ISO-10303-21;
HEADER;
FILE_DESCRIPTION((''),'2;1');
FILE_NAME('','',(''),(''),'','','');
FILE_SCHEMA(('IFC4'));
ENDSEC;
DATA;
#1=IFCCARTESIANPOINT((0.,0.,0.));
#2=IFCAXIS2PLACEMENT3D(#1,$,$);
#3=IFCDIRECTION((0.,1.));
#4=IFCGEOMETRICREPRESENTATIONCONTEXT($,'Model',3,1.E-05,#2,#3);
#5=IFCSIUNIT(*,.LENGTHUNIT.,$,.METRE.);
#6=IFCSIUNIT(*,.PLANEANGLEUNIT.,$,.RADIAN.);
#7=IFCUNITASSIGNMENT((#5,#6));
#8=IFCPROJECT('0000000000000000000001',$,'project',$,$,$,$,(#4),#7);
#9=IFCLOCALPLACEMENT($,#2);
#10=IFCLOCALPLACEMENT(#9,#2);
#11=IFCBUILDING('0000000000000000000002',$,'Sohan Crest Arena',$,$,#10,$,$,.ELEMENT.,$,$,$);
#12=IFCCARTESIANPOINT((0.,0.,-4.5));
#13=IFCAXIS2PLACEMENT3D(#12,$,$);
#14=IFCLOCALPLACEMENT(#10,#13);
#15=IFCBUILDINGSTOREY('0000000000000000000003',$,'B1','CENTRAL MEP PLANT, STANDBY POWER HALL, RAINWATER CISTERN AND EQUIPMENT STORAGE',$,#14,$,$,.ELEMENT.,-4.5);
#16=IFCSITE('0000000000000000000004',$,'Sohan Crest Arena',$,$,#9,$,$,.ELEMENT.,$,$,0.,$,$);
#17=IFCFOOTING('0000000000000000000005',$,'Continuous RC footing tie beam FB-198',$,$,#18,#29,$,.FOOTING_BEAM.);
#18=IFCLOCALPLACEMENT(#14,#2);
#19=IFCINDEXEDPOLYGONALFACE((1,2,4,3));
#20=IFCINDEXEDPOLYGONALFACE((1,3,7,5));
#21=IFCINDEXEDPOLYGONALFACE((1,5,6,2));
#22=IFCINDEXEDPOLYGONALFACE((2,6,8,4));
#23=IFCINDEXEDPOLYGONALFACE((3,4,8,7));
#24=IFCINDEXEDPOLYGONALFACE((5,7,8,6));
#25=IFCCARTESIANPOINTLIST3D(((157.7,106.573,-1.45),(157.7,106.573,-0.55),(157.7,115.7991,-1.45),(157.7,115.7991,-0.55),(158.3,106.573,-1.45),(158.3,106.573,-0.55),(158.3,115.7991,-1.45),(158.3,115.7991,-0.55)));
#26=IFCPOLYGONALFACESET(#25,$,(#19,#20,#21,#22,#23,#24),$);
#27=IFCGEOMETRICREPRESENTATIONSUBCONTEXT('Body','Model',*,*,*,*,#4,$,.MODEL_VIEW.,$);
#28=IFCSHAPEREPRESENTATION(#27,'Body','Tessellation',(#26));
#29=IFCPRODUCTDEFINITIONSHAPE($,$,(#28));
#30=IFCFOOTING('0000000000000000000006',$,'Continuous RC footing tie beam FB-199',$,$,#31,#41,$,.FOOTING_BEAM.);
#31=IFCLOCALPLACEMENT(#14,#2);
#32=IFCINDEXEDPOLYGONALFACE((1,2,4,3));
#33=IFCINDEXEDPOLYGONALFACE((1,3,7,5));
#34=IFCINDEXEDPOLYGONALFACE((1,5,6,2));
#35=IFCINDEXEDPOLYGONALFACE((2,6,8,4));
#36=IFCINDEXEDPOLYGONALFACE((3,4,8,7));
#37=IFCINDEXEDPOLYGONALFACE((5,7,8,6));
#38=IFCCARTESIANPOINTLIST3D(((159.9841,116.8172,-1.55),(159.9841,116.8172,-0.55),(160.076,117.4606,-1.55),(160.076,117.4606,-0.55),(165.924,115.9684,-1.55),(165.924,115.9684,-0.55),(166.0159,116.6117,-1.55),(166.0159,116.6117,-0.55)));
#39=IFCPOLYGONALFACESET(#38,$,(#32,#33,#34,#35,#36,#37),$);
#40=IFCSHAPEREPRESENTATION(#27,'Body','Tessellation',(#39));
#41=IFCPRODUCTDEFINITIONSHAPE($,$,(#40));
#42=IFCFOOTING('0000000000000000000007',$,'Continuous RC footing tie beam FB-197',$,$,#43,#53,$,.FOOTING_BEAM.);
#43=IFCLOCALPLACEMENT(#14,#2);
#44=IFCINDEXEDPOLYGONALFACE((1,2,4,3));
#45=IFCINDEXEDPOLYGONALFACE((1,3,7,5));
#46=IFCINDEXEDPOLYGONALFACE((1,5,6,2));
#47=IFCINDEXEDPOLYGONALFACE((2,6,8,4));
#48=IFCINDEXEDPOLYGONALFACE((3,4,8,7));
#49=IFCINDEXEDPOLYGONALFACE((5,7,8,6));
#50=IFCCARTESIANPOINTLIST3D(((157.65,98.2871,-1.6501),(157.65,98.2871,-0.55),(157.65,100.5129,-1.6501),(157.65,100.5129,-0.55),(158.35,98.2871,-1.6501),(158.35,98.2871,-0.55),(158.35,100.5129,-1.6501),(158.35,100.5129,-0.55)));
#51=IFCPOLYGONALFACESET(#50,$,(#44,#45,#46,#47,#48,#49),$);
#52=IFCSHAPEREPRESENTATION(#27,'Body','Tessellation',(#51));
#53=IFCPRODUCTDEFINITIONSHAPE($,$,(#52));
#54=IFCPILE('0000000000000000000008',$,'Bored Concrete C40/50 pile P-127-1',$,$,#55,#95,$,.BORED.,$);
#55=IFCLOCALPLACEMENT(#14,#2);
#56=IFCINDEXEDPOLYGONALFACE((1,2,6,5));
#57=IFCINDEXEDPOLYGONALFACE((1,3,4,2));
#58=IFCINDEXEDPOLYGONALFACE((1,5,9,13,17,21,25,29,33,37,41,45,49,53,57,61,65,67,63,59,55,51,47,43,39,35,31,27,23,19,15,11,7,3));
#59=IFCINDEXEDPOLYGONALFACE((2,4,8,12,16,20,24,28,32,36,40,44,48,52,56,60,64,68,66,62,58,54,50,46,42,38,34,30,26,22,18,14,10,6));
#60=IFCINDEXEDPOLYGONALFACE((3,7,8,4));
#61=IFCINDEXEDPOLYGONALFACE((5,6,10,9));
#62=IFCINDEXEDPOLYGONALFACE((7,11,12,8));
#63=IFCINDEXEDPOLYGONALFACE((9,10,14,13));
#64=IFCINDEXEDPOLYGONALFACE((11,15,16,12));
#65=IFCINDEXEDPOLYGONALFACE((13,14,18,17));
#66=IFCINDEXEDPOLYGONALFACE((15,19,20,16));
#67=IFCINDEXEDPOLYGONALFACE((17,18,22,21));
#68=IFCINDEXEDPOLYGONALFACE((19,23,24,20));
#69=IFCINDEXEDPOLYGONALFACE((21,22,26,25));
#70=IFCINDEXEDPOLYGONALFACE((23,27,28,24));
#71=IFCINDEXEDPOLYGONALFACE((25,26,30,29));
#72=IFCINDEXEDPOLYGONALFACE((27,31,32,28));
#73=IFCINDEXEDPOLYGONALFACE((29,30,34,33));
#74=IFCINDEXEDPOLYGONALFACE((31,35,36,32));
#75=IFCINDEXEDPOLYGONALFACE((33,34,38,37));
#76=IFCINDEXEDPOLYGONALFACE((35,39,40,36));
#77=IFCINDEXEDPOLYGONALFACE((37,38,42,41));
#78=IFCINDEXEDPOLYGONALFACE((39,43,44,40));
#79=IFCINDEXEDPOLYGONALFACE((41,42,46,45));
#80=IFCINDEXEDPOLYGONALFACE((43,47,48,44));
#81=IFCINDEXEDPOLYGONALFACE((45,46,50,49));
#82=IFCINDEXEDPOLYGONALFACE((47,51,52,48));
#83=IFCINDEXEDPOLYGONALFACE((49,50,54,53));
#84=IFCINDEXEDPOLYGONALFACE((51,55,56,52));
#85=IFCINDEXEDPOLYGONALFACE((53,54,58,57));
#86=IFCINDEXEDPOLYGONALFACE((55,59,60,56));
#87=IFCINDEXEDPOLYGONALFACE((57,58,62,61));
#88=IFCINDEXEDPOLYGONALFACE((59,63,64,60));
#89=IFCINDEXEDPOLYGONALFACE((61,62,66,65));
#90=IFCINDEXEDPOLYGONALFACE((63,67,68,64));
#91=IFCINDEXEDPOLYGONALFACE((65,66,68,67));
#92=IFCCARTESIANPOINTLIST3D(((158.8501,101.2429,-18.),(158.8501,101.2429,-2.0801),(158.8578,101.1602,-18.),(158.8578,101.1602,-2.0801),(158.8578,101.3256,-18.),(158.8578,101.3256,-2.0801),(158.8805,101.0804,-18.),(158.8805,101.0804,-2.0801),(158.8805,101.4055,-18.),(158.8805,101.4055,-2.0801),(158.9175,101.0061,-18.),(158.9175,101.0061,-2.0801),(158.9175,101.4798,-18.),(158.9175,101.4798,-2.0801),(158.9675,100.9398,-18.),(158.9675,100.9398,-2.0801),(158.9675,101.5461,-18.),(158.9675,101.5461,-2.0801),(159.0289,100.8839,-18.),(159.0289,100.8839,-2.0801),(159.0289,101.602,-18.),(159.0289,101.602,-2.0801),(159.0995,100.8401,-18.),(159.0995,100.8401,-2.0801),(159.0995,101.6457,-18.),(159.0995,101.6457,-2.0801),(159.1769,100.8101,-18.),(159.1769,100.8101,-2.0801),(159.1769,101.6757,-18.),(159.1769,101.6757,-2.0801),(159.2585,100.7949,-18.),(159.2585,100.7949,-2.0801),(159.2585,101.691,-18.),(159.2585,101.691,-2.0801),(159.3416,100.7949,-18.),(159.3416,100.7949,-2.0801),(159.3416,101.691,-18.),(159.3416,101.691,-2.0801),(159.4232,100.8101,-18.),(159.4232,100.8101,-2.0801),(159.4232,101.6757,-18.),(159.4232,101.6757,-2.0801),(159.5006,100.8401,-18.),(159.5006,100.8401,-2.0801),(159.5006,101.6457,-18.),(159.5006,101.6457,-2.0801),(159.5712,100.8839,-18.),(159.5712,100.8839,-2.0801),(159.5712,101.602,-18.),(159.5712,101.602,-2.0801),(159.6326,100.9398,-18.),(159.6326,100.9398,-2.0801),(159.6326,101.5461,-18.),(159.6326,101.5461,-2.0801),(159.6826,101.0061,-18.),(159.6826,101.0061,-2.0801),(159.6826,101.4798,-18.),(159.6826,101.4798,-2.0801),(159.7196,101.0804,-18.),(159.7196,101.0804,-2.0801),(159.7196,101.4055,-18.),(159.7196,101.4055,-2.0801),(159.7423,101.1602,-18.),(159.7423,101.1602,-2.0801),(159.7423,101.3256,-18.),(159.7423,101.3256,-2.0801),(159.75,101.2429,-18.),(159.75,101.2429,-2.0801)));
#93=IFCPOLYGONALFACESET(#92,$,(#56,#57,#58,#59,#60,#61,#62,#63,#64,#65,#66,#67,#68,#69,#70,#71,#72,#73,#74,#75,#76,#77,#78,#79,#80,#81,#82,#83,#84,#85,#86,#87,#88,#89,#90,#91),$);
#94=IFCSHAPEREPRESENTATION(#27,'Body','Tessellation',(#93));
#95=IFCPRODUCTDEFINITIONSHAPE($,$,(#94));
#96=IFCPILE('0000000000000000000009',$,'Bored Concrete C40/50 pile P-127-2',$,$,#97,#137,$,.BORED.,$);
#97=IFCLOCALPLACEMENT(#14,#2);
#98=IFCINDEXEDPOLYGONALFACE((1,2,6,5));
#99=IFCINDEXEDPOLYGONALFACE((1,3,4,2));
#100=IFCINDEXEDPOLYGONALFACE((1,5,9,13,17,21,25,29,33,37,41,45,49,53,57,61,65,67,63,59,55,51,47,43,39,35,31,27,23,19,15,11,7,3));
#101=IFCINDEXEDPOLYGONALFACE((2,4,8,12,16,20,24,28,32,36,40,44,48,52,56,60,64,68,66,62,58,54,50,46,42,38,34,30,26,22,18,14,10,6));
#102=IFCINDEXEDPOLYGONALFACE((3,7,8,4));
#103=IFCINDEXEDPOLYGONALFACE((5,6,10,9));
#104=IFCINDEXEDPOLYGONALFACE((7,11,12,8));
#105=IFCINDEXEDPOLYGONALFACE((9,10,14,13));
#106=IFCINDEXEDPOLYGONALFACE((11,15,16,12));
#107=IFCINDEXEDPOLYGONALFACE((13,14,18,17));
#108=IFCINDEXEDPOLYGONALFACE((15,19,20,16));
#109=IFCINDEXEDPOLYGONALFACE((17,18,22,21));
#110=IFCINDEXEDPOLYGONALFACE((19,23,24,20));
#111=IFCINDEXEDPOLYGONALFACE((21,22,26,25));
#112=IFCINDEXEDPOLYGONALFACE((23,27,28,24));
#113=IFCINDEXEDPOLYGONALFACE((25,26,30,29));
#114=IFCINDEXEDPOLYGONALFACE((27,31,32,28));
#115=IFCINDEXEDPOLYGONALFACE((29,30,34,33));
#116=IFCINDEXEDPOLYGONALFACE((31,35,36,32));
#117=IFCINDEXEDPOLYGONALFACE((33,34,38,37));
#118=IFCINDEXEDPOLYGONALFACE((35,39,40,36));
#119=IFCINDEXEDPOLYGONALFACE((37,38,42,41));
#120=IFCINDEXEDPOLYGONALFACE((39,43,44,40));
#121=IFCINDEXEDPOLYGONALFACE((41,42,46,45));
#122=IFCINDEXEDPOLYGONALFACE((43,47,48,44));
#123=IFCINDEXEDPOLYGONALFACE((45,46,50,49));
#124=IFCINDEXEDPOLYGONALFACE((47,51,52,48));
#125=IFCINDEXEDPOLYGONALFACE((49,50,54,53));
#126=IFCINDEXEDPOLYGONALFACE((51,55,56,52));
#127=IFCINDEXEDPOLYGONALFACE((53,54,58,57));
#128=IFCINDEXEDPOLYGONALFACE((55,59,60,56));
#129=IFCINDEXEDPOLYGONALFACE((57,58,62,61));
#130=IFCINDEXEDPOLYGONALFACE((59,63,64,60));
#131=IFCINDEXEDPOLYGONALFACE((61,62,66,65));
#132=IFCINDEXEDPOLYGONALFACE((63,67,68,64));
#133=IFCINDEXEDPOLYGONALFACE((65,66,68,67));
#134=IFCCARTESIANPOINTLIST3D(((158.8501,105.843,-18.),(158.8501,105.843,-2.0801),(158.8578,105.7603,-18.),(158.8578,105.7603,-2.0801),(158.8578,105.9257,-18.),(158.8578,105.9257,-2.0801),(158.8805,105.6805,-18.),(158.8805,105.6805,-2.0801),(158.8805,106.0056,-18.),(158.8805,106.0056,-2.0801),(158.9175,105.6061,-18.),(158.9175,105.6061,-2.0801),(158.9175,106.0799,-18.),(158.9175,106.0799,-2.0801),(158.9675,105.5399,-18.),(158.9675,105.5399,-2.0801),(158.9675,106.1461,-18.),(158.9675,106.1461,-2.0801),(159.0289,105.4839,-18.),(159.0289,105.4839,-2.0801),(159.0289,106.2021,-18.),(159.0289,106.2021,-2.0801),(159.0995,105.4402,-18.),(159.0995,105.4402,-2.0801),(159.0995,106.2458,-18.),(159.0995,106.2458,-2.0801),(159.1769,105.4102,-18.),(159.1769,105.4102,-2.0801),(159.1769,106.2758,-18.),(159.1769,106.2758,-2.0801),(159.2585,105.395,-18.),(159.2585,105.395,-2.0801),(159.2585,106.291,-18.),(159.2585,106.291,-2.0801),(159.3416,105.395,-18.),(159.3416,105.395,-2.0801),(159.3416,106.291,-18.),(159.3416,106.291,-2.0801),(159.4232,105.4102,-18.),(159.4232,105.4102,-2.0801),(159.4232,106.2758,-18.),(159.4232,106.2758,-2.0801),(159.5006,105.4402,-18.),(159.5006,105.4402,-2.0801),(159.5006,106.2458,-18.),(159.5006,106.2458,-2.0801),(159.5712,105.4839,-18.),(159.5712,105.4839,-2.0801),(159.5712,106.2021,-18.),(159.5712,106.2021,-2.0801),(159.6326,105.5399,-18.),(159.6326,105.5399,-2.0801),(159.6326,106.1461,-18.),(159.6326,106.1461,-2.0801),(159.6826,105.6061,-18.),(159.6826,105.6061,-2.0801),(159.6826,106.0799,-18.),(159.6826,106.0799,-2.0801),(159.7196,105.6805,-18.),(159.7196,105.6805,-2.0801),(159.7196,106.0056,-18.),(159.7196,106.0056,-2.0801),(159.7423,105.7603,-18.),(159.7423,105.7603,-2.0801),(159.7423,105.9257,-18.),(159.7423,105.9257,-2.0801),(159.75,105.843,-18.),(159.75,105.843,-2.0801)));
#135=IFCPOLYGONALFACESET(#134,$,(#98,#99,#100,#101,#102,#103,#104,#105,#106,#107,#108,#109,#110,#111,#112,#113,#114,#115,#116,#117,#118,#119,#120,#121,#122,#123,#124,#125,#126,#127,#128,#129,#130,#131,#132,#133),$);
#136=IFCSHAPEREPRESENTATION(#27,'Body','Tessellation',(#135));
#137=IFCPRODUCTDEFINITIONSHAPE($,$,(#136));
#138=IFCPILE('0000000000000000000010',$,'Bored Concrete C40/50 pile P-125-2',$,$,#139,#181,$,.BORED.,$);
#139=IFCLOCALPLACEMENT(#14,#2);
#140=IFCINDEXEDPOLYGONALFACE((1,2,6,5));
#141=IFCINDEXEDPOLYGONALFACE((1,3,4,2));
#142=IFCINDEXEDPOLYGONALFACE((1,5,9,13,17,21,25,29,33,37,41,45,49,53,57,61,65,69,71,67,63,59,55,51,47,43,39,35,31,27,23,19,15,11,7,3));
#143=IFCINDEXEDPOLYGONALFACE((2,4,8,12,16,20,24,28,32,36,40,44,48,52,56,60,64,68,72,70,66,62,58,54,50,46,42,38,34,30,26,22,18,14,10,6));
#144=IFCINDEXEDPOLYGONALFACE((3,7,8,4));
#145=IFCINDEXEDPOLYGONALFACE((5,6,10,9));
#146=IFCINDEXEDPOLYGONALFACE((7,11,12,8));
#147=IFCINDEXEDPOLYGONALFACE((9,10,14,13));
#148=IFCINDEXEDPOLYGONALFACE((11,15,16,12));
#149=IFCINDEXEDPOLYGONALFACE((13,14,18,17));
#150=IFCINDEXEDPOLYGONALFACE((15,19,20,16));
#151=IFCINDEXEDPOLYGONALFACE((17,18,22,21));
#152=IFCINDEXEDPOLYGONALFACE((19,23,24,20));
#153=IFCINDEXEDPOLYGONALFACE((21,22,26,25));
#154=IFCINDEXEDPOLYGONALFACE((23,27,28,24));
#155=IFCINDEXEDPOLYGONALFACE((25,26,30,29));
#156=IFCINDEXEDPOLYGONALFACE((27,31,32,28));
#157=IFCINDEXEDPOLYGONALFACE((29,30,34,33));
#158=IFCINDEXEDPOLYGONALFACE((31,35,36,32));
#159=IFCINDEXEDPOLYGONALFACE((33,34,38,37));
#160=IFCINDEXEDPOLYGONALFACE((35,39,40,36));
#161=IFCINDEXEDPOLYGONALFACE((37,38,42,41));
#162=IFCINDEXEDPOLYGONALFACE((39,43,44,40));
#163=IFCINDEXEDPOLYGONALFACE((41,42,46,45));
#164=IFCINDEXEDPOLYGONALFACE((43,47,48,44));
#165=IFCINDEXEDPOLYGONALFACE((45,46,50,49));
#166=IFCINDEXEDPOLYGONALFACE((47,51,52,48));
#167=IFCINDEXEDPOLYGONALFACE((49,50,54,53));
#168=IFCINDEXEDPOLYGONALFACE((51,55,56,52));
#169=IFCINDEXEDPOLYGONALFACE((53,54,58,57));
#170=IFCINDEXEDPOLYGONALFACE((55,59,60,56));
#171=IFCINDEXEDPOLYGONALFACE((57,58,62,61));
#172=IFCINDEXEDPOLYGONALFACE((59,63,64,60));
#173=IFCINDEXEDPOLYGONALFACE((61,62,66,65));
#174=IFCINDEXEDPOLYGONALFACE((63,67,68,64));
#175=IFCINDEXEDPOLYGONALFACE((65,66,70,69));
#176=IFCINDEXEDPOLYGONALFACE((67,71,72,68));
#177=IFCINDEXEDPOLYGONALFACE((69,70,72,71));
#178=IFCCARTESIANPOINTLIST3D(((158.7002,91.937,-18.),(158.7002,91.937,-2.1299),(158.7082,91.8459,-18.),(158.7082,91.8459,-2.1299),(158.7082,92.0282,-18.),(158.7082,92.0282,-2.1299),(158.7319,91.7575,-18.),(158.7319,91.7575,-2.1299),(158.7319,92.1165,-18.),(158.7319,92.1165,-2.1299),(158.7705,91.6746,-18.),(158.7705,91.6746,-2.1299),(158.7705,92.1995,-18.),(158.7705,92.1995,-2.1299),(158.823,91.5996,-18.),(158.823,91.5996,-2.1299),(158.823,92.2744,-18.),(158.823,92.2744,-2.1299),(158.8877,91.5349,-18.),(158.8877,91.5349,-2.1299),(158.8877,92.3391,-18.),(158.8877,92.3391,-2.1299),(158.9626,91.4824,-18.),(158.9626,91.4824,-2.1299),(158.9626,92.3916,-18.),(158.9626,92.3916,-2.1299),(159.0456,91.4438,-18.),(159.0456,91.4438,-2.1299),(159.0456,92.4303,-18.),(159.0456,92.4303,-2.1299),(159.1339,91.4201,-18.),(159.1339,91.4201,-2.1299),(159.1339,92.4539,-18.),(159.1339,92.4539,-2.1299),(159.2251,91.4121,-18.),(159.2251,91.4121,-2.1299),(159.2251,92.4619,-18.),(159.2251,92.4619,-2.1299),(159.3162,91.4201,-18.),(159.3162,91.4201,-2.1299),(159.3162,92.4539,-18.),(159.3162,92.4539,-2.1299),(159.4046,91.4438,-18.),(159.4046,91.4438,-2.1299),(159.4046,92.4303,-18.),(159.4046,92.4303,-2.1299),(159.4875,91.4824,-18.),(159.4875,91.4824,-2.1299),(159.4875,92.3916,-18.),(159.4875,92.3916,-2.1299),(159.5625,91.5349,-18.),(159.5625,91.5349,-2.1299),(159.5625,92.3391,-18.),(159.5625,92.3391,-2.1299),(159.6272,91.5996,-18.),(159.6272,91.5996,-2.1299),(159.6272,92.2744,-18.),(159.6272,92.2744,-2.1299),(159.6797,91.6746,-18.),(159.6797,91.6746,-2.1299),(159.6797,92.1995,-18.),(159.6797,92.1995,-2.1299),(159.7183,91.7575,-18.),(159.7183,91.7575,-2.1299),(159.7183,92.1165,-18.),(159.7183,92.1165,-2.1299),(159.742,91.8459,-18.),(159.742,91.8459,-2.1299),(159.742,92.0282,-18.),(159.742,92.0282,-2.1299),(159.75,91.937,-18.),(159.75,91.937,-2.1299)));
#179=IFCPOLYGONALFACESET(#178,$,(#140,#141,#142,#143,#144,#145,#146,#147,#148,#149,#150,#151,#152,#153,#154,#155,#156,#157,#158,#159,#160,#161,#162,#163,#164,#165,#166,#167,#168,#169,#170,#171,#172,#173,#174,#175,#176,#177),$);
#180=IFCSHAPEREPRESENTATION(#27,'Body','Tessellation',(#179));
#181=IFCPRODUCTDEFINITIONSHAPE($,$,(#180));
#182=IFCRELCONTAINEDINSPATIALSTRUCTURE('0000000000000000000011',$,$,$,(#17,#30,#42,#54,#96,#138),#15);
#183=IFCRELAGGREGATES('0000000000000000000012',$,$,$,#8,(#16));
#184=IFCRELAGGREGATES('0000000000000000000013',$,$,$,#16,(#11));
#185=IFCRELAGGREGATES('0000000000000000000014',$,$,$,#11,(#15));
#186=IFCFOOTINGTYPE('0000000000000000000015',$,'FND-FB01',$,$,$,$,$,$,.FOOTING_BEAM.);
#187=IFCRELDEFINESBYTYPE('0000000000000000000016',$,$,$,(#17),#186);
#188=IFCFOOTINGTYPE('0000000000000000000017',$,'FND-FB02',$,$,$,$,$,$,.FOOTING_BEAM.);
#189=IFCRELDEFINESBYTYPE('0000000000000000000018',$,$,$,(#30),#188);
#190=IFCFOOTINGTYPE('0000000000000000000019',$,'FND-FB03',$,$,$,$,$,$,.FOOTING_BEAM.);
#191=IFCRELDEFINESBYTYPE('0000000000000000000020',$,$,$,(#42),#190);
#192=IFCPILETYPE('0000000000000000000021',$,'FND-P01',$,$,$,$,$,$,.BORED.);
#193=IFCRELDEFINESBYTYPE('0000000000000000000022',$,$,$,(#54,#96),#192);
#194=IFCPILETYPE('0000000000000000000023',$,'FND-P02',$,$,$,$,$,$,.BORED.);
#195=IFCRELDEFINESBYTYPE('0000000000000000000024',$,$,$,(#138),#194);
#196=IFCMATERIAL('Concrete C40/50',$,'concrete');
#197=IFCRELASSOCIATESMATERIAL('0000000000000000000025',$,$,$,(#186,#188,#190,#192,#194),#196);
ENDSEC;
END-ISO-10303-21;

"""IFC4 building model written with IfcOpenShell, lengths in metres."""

from ifc_helpers import new_model, si_unit, direction, frame, origin, origin_2d, place, context, subcontext, project, spatial, rectangle, circle, extrude, material, material_profile, profile_set, type_object, element, save


model = new_model("IFC4")

# Units and contexts
model_context = context("Model", 3, precision=1e-05, world=origin(), true_north=direction((0.0, 1.0)))
body_context = subcontext(model_context, "Body", "Model", "MODEL_VIEW")
ifc_project = project(units=[si_unit("LENGTHUNIT", "METRE"), si_unit("PLANEANGLEUNIT", "RADIAN")], contexts=[model_context])

# Site, building, storey
site_placement = place(None, origin())
site = spatial("IfcSite", under=ifc_project, at=site_placement, Name="Sohan Crest Arena", CompositionType="ELEMENT", RefElevation=0.0)
building_placement = place(site_placement, origin())
building = spatial("IfcBuilding", under=site, at=building_placement, Name="Sohan Crest Arena", CompositionType="ELEMENT")
storey_placement = place(building_placement, frame((0.0, 0.0, -4.5)))
storey = spatial("IfcBuildingStorey", under=building, at=storey_placement, Name="B1", Description="CENTRAL MEP PLANT, STANDBY POWER HALL, RAINWATER CISTERN AND EQUIPMENT STORAGE", CompositionType="ELEMENT", Elevation=-4.5)

# Footings
ifc_material_1 = material(Name="Concrete C40/50", Category="concrete")
ifc_material_profile_1 = material_profile(ifc_material_1, rectangle(XDim=0.6001, YDim=0.8999, at=origin_2d()), Name="RC-FB 600x900")
ifc_profile_set_1 = profile_set([ifc_material_profile_1], Name="Concrete C40/50")
footing_type_1 = type_object("IfcFootingType", Name="FND-FB01", PredefinedType="FOOTING_BEAM", material=ifc_profile_set_1)
footing_1_placement = place(storey_placement, frame((158.0, 106.573, -1.0), z_axis=(0.0, 1.0, 0.0), x_axis=(-1.0, 0.0, 0.0)))
element("IfcFooting", 1, at=footing_1_placement, inside=storey, type_object=footing_type_1, Name="Continuous RC footing tie beam FB-198", PredefinedType="FOOTING_BEAM", context=body_context, shape_type="SweptSolid", body=[
    extrude(rectangle(XDim=0.6001, YDim=0.8999, at=origin_2d()), origin(), (0.0, 0.0, 1.0), 9.2261),
])
ifc_material_profile_2 = material_profile(ifc_material_1, rectangle(XDim=0.6499, YDim=1.0, at=origin_2d()), Name="RC-FB 650x1000")
ifc_profile_set_2 = profile_set([ifc_material_profile_2], Name="Concrete C40/50")
footing_type_2 = type_object("IfcFootingType", Name="FND-FB02", PredefinedType="FOOTING_BEAM", material=ifc_profile_set_2)
footing_2_placement = place(storey_placement, frame((160.03, 117.1389, -1.05), z_axis=(0.989942, -0.141473, 0.0), x_axis=(0.141473, 0.989942, 0.0)))
element("IfcFooting", 2, at=footing_2_placement, inside=storey, type_object=footing_type_2, Name="Continuous RC footing tie beam FB-199", PredefinedType="FOOTING_BEAM", context=body_context, shape_type="SweptSolid", body=[
    extrude(rectangle(XDim=0.6499, YDim=1.0, at=origin_2d()), origin(), (0.0, 0.0, 1.0), 6.0002),
])
ifc_material_profile_3 = material_profile(ifc_material_1, rectangle(XDim=0.7, YDim=1.1001, at=origin_2d()), Name="RC-FB 700x1100")
ifc_profile_set_3 = profile_set([ifc_material_profile_3], Name="Concrete C40/50")
footing_type_3 = type_object("IfcFootingType", Name="FND-FB03", PredefinedType="FOOTING_BEAM", material=ifc_profile_set_3)
footing_3_placement = place(storey_placement, frame((158.0, 98.2871, -1.1001), z_axis=(0.0, 1.0, 0.0), x_axis=(-1.0, 0.0, 0.0)))
element("IfcFooting", 3, at=footing_3_placement, inside=storey, type_object=footing_type_3, Name="Continuous RC footing tie beam FB-197", PredefinedType="FOOTING_BEAM", context=body_context, shape_type="SweptSolid", body=[
    extrude(rectangle(XDim=0.7, YDim=1.1001, at=origin_2d()), origin(), (0.0, 0.0, 1.0), 2.2258),
])

# Piles
ifc_material_profile_4 = material_profile(ifc_material_1, circle(Radius=0.45, at=origin_2d()), Name="PILE D900")
ifc_profile_set_4 = profile_set([ifc_material_profile_4], Name="Concrete C40/50")
pile_type_1 = type_object("IfcPileType", Name="FND-P01", PredefinedType="BORED", material=ifc_profile_set_4)
for number, where, z_axis, x_axis, name in (
    (4, (159.3, 101.2429, -18.0), (0.0, 0.0, 1.0), (1.0, 0.0, 0.0), "Bored Concrete C40/50 pile P-127-1"),
    (5, (159.3, 105.843, -18.0), (0.0, 0.0, 1.0), (1.0, 0.0, 0.0), "Bored Concrete C40/50 pile P-127-2"),
):
    element("IfcPile", number, at=place(storey_placement, frame(where, z_axis=z_axis, x_axis=x_axis)), inside=storey, type_object=pile_type_1, Name=name, PredefinedType="BORED", context=body_context, shape_type="SweptSolid", body=[
        extrude(circle(Radius=0.45, at=origin_2d()), origin(), (0.0, 0.0, 1.0), 15.9199),
    ])
ifc_material_profile_5 = material_profile(ifc_material_1, circle(Radius=0.5249, at=origin_2d()), Name="PILE D1050")
ifc_profile_set_5 = profile_set([ifc_material_profile_5], Name="Concrete C40/50")
pile_type_2 = type_object("IfcPileType", Name="FND-P02", PredefinedType="BORED", material=ifc_profile_set_5)
pile_placement = place(storey_placement, frame((159.2251, 91.937, -18.0), z_axis=(0.0, 0.0, 1.0), x_axis=(1.0, 0.0, 0.0)))
element("IfcPile", 6, at=pile_placement, inside=storey, type_object=pile_type_2, Name="Bored Concrete C40/50 pile P-125-2", PredefinedType="BORED", context=body_context, shape_type="SweptSolid", body=[
    extrude(circle(Radius=0.5249, at=origin_2d()), origin(), (0.0, 0.0, 1.0), 15.8701),
])

save(model, "model.ifc")
